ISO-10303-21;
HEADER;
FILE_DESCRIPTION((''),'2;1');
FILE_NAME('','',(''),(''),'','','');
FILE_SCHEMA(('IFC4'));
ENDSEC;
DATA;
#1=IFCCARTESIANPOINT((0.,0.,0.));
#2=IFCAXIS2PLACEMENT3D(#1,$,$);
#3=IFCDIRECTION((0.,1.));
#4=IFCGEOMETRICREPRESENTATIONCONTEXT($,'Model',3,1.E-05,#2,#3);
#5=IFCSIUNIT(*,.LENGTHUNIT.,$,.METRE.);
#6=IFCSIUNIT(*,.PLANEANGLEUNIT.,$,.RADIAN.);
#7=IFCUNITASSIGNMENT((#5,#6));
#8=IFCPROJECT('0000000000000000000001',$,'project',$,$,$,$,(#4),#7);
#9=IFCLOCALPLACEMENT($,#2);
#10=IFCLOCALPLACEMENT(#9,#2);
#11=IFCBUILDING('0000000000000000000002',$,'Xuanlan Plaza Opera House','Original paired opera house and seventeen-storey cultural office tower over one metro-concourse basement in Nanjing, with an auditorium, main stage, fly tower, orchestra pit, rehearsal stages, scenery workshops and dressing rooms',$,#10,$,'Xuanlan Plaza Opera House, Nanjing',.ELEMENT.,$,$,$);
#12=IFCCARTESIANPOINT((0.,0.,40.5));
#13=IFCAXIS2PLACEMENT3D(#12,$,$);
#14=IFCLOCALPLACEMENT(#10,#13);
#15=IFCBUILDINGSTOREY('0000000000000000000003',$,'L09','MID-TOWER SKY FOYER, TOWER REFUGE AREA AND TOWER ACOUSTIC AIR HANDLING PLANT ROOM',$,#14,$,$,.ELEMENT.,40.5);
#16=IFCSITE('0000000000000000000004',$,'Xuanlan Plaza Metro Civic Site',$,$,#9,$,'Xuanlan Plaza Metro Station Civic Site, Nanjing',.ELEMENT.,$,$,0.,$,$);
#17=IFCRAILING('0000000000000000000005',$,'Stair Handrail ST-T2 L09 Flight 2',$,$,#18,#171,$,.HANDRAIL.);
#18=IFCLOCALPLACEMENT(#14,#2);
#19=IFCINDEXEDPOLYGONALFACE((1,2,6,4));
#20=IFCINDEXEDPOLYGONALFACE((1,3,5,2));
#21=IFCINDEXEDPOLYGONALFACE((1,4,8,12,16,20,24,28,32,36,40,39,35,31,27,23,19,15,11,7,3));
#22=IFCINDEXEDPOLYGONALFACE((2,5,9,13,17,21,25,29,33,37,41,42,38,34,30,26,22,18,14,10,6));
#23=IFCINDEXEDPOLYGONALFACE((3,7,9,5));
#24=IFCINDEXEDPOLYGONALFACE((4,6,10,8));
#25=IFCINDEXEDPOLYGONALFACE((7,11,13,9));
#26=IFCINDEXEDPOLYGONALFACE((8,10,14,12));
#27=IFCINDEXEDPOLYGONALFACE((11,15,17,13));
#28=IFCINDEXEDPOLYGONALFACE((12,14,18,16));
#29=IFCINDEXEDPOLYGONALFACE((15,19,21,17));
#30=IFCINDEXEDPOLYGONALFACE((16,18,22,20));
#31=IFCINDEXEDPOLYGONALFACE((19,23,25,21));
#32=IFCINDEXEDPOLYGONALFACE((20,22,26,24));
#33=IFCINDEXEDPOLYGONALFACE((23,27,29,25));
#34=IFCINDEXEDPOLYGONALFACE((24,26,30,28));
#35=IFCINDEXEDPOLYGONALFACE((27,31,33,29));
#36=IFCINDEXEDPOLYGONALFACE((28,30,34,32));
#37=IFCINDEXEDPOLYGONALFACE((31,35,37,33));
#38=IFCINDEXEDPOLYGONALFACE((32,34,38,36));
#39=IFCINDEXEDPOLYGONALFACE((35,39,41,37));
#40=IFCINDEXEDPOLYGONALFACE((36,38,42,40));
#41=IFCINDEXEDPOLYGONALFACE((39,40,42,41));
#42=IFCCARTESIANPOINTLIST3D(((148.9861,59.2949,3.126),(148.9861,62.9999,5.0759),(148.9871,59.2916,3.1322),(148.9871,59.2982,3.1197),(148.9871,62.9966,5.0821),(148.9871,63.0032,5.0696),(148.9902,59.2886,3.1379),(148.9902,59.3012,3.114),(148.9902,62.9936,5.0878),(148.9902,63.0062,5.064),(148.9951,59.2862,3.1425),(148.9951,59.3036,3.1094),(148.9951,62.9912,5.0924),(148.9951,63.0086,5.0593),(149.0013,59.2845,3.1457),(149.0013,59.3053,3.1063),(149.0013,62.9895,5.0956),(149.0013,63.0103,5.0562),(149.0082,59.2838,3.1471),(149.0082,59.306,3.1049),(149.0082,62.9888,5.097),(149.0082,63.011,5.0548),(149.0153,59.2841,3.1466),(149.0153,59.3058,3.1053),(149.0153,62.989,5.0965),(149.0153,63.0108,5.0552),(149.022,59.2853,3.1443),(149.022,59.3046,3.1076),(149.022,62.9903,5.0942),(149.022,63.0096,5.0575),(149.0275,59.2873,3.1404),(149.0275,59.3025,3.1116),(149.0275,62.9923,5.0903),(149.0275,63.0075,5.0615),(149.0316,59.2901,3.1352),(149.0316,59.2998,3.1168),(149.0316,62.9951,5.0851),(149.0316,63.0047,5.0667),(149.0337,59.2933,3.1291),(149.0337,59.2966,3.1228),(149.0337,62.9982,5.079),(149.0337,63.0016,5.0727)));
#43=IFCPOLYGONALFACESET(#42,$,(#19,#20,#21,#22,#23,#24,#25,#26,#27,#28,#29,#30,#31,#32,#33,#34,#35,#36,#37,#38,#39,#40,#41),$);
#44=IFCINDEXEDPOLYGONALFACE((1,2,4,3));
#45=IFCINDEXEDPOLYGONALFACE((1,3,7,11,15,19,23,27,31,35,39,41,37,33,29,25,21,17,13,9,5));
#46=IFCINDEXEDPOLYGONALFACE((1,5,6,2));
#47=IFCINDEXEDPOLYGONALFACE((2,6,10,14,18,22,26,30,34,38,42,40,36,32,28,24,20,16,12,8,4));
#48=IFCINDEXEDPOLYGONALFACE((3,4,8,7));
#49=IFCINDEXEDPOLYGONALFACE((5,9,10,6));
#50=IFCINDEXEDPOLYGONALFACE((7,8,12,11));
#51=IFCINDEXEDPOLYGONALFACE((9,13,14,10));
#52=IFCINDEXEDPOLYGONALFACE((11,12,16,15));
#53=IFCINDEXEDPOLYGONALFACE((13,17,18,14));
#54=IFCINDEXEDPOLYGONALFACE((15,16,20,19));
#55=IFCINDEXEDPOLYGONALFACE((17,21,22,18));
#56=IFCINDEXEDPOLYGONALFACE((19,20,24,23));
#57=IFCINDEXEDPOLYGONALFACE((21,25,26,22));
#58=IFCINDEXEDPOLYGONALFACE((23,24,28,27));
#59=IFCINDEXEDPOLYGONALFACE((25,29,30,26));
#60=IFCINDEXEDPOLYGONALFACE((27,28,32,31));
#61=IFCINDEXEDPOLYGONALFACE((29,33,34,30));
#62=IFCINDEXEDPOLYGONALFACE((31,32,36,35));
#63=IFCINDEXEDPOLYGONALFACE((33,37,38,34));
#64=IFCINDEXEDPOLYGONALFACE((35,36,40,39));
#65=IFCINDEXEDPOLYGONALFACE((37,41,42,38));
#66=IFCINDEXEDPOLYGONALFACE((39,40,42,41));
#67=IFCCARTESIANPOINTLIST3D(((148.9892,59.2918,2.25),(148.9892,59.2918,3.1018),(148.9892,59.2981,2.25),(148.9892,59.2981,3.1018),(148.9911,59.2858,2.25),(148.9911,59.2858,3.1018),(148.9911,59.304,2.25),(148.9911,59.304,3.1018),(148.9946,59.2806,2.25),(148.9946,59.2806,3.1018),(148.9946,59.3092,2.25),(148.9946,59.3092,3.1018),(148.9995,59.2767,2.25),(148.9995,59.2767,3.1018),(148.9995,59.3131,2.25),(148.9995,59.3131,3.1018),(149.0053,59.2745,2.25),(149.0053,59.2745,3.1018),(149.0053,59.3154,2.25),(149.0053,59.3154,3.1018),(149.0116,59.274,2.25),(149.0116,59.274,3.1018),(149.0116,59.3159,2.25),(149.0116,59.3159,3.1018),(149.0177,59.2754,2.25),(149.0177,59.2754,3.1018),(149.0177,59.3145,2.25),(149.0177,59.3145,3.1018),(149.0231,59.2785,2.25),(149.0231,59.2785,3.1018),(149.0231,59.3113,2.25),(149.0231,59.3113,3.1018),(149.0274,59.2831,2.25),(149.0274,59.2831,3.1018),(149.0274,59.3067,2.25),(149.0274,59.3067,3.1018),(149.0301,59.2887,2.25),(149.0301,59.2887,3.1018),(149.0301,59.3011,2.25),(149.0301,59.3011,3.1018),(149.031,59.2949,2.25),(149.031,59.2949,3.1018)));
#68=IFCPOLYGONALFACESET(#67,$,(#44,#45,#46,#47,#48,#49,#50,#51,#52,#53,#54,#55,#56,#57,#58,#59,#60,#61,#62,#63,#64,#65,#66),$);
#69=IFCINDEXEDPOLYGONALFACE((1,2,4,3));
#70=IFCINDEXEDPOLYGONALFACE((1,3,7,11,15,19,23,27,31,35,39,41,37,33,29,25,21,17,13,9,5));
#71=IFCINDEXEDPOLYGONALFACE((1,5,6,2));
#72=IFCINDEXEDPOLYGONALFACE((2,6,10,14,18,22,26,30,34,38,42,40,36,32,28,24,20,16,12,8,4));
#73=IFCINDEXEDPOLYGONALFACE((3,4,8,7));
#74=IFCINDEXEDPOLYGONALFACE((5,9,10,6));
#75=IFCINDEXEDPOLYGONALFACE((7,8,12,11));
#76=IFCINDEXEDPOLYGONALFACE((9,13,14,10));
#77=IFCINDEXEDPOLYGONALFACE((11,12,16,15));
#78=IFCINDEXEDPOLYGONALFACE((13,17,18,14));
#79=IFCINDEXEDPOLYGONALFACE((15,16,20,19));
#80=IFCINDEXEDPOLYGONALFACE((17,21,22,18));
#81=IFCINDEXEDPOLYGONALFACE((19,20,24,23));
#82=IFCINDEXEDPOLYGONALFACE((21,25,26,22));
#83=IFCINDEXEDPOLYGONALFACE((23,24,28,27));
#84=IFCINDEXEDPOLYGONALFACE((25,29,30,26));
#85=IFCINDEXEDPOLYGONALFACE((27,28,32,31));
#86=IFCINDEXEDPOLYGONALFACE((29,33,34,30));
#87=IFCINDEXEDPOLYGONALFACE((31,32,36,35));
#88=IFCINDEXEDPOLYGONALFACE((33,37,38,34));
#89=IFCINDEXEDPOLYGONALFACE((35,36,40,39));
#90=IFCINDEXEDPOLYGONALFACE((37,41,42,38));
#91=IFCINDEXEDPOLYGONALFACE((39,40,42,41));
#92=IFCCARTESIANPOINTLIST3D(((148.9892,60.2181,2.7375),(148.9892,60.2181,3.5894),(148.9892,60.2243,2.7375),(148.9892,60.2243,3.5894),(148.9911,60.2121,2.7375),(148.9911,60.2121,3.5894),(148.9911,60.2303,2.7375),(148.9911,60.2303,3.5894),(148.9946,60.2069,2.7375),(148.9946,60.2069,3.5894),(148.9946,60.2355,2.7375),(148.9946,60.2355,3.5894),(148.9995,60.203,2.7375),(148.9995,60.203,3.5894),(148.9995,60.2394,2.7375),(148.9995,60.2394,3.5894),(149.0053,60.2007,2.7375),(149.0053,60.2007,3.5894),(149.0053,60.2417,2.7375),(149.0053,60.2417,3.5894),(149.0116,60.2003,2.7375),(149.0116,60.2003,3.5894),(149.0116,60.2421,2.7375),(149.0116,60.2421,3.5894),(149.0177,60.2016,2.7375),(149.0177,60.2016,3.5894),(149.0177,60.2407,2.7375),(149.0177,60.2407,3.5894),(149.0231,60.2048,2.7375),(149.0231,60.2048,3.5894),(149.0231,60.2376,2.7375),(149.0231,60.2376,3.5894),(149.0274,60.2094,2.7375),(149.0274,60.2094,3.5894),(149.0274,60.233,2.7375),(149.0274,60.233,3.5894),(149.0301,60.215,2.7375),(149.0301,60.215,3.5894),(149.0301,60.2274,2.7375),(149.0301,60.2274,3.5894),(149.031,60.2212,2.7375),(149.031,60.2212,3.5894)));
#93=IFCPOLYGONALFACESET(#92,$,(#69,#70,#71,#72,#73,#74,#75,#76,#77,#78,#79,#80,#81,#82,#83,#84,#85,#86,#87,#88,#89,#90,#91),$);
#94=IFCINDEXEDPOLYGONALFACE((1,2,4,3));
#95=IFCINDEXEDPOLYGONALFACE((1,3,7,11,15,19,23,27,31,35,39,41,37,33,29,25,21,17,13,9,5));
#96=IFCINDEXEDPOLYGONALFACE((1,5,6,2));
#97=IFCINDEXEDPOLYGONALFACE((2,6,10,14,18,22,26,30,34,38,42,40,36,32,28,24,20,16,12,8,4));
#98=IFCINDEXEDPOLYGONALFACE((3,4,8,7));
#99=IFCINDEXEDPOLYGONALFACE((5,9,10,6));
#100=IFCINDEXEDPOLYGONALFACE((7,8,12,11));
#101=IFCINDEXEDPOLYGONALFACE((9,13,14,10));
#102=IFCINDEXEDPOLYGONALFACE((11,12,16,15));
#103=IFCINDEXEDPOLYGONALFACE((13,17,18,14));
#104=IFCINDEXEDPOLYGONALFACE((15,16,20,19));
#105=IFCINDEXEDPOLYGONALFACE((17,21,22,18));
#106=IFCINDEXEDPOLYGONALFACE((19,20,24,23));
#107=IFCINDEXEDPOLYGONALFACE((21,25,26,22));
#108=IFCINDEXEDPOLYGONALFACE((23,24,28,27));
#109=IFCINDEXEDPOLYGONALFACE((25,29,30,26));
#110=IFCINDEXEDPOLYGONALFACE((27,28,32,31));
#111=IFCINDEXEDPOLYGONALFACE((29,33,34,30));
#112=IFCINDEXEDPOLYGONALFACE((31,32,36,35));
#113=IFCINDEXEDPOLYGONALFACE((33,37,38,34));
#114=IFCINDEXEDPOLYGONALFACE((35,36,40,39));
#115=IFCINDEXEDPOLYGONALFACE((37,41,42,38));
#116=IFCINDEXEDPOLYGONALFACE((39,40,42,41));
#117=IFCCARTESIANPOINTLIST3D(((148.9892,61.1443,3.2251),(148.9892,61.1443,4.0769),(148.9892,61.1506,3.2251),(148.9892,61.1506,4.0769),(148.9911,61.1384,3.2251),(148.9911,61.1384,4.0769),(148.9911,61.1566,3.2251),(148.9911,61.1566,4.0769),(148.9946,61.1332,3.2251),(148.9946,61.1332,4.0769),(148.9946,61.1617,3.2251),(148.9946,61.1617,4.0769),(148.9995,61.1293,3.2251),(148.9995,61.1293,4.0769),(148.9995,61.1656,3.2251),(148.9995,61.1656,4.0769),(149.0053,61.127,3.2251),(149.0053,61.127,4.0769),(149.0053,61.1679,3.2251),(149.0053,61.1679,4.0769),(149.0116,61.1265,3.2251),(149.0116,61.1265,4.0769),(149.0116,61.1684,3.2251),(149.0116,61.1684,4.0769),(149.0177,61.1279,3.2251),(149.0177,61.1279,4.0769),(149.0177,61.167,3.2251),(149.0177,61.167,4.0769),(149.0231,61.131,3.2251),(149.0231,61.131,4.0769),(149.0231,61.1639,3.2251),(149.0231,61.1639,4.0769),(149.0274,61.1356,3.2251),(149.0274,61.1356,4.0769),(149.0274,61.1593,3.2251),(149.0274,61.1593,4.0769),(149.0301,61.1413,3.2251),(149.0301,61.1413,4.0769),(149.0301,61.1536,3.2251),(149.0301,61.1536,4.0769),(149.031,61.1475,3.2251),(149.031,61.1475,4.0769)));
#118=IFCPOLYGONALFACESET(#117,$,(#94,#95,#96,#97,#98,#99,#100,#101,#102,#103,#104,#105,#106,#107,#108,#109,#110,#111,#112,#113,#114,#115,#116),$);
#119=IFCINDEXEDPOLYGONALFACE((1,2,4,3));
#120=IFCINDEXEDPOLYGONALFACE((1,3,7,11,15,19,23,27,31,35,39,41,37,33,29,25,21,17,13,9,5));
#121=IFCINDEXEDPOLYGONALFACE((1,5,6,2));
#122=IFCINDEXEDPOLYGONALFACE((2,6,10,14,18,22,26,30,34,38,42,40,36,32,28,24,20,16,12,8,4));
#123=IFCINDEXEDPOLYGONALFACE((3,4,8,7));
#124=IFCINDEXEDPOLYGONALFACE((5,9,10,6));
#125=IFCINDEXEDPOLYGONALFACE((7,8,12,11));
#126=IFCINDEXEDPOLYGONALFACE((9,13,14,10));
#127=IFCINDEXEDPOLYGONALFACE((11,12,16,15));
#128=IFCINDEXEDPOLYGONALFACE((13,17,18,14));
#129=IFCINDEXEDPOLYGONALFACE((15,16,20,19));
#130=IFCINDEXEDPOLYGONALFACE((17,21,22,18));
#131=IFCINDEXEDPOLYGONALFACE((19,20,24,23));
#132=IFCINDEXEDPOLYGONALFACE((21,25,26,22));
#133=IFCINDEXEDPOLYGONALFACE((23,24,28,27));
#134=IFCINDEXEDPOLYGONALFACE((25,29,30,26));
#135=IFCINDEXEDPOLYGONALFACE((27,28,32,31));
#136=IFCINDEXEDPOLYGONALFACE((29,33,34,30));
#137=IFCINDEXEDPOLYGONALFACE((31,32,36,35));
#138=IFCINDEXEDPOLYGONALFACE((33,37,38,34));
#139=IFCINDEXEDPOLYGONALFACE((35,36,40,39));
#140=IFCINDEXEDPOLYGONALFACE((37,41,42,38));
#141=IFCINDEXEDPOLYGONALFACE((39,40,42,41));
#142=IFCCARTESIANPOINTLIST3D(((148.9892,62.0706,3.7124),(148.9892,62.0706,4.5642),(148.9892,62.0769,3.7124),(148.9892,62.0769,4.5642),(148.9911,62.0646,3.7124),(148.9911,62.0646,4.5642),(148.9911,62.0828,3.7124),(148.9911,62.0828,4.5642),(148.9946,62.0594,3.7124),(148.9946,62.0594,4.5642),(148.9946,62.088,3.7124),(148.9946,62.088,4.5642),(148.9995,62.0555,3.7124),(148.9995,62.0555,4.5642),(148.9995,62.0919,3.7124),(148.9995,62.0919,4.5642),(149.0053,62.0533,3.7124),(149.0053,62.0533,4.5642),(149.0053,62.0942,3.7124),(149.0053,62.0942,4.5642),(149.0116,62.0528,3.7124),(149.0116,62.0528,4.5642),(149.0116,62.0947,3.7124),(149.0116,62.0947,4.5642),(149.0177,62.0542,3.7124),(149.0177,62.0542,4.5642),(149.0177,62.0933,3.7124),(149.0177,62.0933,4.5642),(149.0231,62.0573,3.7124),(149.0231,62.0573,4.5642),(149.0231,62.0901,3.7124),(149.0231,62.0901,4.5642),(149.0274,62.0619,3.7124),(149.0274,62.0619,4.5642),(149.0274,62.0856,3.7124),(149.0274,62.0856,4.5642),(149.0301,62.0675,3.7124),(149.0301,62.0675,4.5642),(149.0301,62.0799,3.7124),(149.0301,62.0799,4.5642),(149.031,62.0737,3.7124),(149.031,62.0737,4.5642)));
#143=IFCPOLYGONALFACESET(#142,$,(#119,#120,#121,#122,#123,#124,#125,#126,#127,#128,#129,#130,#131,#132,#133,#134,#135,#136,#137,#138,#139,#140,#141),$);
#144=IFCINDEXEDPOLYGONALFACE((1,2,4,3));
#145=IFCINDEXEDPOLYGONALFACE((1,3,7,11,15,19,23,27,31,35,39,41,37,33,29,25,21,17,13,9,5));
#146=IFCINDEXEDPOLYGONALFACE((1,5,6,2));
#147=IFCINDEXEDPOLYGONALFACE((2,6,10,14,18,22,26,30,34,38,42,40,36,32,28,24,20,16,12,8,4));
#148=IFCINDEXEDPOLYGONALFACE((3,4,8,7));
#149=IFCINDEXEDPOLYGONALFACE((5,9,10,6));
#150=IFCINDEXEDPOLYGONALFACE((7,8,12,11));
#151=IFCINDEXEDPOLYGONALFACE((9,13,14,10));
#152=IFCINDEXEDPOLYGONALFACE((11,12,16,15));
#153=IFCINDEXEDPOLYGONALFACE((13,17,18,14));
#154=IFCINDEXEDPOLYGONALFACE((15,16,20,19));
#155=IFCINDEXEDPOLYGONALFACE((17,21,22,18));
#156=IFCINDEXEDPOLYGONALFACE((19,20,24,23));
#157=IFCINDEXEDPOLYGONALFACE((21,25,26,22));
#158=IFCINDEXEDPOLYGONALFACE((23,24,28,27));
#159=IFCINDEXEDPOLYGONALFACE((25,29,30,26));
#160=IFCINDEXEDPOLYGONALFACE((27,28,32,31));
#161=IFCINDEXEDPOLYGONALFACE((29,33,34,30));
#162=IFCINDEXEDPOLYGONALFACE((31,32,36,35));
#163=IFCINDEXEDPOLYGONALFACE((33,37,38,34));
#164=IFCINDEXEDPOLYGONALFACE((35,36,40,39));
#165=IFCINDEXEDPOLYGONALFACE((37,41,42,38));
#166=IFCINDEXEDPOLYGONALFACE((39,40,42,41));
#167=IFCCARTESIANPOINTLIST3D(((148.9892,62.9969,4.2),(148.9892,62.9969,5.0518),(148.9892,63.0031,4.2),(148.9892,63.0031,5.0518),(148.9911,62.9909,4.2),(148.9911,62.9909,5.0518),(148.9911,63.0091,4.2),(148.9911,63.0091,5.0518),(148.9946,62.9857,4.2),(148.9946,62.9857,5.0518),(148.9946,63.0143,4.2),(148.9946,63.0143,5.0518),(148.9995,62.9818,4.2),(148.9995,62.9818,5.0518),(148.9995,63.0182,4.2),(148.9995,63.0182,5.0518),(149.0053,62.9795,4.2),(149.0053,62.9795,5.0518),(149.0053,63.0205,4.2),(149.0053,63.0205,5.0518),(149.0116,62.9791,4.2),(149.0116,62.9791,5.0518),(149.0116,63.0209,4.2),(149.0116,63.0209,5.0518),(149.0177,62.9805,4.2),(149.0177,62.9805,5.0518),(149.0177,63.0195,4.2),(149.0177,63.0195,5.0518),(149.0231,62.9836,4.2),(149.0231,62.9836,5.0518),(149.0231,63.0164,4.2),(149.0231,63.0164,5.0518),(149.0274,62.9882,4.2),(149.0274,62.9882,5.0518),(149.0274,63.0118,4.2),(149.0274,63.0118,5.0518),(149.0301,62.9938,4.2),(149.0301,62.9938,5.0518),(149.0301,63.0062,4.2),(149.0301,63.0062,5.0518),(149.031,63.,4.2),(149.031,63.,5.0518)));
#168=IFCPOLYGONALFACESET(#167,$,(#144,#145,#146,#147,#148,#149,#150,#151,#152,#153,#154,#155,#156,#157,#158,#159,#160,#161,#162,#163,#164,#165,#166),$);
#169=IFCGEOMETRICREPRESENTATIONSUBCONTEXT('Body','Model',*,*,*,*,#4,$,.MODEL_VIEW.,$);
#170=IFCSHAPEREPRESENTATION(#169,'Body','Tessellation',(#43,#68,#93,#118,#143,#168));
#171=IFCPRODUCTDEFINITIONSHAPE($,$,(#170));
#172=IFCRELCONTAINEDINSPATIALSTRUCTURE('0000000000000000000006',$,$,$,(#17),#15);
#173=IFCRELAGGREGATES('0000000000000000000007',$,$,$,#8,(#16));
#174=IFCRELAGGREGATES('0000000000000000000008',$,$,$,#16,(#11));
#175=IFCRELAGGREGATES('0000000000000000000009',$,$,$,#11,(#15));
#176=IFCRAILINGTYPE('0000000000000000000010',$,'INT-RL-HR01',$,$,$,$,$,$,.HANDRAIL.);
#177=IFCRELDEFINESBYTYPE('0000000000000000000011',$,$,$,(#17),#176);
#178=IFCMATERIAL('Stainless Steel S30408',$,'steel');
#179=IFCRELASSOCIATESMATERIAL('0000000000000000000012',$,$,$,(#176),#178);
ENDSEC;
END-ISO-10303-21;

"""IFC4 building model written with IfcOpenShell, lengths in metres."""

from ifc_helpers import new_model, si_unit, direction, frame, origin, origin_2d, place, context, subcontext, project, spatial, circle, extrude, material, type_object, element, save


model = new_model("IFC4")

# Units and contexts
model_context = context("Model", 3, precision=1e-05, world=origin(), true_north=direction((0.0, 1.0)))
body_context = subcontext(model_context, "Body", "Model", "MODEL_VIEW")
ifc_project = project(units=[si_unit("LENGTHUNIT", "METRE"), si_unit("PLANEANGLEUNIT", "RADIAN")], contexts=[model_context])

# Site, building, storey
site_placement = place(None, origin())
site = spatial("IfcSite", under=ifc_project, at=site_placement, Name="Xuanlan Plaza Metro Civic Site", LongName="Xuanlan Plaza Metro Station Civic Site, Nanjing", CompositionType="ELEMENT", RefElevation=0.0)
building_placement = place(site_placement, origin())
building = spatial("IfcBuilding", under=site, at=building_placement, Name="Xuanlan Plaza Opera House", Description="Original paired opera house and seventeen-storey cultural office tower over one metro-concourse basement in Nanjing, with an auditorium, main stage, fly tower, orchestra pit, rehearsal stages, scenery workshops and dressing rooms", LongName="Xuanlan Plaza Opera House, Nanjing", CompositionType="ELEMENT")
storey_placement = place(building_placement, frame((0.0, 0.0, 40.5)))
storey = spatial("IfcBuildingStorey", under=building, at=storey_placement, Name="L09", Description="MID-TOWER SKY FOYER, TOWER REFUGE AREA AND TOWER ACOUSTIC AIR HANDLING PLANT ROOM", CompositionType="ELEMENT", Elevation=40.5)

# Railing
ifc_material_1 = material(Name="Stainless Steel S30408", Category="steel")
railing_type = type_object("IfcRailingType", Name="INT-RL-HR01", PredefinedType="HANDRAIL", material=ifc_material_1)
for number, where, name in (
    (1, (149.01, 59.2949, 2.25), "Stair Handrail ST-T2 L09 Flight 2"),
):
    element("IfcRailing", number, at=place(storey_placement, frame(where)), inside=storey, type_object=railing_type, Name=name, PredefinedType="HANDRAIL", context=body_context, shape_type="SweptSolid", body=[
        extrude(circle(Radius=0.0239, at=origin_2d()), frame((0.0, 0.0, 0.876), z_axis=(0.0, 0.884927, 0.46573), x_axis=(-1.0, 0.0, 0.0)), (0.0, 0.0, 1.0), 4.1868),
        extrude(circle(Radius=0.021, at=origin_2d()), origin(), (0.0, 0.0, 1.0), 0.8518),
        extrude(circle(Radius=0.021, at=origin_2d()), frame((0.0, 0.9263, 0.4875)), (0.0, 0.0, 1.0), 0.8518),
        extrude(circle(Radius=0.021, at=origin_2d()), frame((0.0, 1.8525, 0.9751)), (0.0, 0.0, 1.0), 0.8518),
        extrude(circle(Radius=0.021, at=origin_2d()), frame((0.0, 2.7788, 1.4624)), (0.0, 0.0, 1.0), 0.8518),
        extrude(circle(Radius=0.021, at=origin_2d()), frame((0.0, 3.7051, 1.95)), (0.0, 0.0, 1.0), 0.8518),
    ])

save(model, "model.ifc")
